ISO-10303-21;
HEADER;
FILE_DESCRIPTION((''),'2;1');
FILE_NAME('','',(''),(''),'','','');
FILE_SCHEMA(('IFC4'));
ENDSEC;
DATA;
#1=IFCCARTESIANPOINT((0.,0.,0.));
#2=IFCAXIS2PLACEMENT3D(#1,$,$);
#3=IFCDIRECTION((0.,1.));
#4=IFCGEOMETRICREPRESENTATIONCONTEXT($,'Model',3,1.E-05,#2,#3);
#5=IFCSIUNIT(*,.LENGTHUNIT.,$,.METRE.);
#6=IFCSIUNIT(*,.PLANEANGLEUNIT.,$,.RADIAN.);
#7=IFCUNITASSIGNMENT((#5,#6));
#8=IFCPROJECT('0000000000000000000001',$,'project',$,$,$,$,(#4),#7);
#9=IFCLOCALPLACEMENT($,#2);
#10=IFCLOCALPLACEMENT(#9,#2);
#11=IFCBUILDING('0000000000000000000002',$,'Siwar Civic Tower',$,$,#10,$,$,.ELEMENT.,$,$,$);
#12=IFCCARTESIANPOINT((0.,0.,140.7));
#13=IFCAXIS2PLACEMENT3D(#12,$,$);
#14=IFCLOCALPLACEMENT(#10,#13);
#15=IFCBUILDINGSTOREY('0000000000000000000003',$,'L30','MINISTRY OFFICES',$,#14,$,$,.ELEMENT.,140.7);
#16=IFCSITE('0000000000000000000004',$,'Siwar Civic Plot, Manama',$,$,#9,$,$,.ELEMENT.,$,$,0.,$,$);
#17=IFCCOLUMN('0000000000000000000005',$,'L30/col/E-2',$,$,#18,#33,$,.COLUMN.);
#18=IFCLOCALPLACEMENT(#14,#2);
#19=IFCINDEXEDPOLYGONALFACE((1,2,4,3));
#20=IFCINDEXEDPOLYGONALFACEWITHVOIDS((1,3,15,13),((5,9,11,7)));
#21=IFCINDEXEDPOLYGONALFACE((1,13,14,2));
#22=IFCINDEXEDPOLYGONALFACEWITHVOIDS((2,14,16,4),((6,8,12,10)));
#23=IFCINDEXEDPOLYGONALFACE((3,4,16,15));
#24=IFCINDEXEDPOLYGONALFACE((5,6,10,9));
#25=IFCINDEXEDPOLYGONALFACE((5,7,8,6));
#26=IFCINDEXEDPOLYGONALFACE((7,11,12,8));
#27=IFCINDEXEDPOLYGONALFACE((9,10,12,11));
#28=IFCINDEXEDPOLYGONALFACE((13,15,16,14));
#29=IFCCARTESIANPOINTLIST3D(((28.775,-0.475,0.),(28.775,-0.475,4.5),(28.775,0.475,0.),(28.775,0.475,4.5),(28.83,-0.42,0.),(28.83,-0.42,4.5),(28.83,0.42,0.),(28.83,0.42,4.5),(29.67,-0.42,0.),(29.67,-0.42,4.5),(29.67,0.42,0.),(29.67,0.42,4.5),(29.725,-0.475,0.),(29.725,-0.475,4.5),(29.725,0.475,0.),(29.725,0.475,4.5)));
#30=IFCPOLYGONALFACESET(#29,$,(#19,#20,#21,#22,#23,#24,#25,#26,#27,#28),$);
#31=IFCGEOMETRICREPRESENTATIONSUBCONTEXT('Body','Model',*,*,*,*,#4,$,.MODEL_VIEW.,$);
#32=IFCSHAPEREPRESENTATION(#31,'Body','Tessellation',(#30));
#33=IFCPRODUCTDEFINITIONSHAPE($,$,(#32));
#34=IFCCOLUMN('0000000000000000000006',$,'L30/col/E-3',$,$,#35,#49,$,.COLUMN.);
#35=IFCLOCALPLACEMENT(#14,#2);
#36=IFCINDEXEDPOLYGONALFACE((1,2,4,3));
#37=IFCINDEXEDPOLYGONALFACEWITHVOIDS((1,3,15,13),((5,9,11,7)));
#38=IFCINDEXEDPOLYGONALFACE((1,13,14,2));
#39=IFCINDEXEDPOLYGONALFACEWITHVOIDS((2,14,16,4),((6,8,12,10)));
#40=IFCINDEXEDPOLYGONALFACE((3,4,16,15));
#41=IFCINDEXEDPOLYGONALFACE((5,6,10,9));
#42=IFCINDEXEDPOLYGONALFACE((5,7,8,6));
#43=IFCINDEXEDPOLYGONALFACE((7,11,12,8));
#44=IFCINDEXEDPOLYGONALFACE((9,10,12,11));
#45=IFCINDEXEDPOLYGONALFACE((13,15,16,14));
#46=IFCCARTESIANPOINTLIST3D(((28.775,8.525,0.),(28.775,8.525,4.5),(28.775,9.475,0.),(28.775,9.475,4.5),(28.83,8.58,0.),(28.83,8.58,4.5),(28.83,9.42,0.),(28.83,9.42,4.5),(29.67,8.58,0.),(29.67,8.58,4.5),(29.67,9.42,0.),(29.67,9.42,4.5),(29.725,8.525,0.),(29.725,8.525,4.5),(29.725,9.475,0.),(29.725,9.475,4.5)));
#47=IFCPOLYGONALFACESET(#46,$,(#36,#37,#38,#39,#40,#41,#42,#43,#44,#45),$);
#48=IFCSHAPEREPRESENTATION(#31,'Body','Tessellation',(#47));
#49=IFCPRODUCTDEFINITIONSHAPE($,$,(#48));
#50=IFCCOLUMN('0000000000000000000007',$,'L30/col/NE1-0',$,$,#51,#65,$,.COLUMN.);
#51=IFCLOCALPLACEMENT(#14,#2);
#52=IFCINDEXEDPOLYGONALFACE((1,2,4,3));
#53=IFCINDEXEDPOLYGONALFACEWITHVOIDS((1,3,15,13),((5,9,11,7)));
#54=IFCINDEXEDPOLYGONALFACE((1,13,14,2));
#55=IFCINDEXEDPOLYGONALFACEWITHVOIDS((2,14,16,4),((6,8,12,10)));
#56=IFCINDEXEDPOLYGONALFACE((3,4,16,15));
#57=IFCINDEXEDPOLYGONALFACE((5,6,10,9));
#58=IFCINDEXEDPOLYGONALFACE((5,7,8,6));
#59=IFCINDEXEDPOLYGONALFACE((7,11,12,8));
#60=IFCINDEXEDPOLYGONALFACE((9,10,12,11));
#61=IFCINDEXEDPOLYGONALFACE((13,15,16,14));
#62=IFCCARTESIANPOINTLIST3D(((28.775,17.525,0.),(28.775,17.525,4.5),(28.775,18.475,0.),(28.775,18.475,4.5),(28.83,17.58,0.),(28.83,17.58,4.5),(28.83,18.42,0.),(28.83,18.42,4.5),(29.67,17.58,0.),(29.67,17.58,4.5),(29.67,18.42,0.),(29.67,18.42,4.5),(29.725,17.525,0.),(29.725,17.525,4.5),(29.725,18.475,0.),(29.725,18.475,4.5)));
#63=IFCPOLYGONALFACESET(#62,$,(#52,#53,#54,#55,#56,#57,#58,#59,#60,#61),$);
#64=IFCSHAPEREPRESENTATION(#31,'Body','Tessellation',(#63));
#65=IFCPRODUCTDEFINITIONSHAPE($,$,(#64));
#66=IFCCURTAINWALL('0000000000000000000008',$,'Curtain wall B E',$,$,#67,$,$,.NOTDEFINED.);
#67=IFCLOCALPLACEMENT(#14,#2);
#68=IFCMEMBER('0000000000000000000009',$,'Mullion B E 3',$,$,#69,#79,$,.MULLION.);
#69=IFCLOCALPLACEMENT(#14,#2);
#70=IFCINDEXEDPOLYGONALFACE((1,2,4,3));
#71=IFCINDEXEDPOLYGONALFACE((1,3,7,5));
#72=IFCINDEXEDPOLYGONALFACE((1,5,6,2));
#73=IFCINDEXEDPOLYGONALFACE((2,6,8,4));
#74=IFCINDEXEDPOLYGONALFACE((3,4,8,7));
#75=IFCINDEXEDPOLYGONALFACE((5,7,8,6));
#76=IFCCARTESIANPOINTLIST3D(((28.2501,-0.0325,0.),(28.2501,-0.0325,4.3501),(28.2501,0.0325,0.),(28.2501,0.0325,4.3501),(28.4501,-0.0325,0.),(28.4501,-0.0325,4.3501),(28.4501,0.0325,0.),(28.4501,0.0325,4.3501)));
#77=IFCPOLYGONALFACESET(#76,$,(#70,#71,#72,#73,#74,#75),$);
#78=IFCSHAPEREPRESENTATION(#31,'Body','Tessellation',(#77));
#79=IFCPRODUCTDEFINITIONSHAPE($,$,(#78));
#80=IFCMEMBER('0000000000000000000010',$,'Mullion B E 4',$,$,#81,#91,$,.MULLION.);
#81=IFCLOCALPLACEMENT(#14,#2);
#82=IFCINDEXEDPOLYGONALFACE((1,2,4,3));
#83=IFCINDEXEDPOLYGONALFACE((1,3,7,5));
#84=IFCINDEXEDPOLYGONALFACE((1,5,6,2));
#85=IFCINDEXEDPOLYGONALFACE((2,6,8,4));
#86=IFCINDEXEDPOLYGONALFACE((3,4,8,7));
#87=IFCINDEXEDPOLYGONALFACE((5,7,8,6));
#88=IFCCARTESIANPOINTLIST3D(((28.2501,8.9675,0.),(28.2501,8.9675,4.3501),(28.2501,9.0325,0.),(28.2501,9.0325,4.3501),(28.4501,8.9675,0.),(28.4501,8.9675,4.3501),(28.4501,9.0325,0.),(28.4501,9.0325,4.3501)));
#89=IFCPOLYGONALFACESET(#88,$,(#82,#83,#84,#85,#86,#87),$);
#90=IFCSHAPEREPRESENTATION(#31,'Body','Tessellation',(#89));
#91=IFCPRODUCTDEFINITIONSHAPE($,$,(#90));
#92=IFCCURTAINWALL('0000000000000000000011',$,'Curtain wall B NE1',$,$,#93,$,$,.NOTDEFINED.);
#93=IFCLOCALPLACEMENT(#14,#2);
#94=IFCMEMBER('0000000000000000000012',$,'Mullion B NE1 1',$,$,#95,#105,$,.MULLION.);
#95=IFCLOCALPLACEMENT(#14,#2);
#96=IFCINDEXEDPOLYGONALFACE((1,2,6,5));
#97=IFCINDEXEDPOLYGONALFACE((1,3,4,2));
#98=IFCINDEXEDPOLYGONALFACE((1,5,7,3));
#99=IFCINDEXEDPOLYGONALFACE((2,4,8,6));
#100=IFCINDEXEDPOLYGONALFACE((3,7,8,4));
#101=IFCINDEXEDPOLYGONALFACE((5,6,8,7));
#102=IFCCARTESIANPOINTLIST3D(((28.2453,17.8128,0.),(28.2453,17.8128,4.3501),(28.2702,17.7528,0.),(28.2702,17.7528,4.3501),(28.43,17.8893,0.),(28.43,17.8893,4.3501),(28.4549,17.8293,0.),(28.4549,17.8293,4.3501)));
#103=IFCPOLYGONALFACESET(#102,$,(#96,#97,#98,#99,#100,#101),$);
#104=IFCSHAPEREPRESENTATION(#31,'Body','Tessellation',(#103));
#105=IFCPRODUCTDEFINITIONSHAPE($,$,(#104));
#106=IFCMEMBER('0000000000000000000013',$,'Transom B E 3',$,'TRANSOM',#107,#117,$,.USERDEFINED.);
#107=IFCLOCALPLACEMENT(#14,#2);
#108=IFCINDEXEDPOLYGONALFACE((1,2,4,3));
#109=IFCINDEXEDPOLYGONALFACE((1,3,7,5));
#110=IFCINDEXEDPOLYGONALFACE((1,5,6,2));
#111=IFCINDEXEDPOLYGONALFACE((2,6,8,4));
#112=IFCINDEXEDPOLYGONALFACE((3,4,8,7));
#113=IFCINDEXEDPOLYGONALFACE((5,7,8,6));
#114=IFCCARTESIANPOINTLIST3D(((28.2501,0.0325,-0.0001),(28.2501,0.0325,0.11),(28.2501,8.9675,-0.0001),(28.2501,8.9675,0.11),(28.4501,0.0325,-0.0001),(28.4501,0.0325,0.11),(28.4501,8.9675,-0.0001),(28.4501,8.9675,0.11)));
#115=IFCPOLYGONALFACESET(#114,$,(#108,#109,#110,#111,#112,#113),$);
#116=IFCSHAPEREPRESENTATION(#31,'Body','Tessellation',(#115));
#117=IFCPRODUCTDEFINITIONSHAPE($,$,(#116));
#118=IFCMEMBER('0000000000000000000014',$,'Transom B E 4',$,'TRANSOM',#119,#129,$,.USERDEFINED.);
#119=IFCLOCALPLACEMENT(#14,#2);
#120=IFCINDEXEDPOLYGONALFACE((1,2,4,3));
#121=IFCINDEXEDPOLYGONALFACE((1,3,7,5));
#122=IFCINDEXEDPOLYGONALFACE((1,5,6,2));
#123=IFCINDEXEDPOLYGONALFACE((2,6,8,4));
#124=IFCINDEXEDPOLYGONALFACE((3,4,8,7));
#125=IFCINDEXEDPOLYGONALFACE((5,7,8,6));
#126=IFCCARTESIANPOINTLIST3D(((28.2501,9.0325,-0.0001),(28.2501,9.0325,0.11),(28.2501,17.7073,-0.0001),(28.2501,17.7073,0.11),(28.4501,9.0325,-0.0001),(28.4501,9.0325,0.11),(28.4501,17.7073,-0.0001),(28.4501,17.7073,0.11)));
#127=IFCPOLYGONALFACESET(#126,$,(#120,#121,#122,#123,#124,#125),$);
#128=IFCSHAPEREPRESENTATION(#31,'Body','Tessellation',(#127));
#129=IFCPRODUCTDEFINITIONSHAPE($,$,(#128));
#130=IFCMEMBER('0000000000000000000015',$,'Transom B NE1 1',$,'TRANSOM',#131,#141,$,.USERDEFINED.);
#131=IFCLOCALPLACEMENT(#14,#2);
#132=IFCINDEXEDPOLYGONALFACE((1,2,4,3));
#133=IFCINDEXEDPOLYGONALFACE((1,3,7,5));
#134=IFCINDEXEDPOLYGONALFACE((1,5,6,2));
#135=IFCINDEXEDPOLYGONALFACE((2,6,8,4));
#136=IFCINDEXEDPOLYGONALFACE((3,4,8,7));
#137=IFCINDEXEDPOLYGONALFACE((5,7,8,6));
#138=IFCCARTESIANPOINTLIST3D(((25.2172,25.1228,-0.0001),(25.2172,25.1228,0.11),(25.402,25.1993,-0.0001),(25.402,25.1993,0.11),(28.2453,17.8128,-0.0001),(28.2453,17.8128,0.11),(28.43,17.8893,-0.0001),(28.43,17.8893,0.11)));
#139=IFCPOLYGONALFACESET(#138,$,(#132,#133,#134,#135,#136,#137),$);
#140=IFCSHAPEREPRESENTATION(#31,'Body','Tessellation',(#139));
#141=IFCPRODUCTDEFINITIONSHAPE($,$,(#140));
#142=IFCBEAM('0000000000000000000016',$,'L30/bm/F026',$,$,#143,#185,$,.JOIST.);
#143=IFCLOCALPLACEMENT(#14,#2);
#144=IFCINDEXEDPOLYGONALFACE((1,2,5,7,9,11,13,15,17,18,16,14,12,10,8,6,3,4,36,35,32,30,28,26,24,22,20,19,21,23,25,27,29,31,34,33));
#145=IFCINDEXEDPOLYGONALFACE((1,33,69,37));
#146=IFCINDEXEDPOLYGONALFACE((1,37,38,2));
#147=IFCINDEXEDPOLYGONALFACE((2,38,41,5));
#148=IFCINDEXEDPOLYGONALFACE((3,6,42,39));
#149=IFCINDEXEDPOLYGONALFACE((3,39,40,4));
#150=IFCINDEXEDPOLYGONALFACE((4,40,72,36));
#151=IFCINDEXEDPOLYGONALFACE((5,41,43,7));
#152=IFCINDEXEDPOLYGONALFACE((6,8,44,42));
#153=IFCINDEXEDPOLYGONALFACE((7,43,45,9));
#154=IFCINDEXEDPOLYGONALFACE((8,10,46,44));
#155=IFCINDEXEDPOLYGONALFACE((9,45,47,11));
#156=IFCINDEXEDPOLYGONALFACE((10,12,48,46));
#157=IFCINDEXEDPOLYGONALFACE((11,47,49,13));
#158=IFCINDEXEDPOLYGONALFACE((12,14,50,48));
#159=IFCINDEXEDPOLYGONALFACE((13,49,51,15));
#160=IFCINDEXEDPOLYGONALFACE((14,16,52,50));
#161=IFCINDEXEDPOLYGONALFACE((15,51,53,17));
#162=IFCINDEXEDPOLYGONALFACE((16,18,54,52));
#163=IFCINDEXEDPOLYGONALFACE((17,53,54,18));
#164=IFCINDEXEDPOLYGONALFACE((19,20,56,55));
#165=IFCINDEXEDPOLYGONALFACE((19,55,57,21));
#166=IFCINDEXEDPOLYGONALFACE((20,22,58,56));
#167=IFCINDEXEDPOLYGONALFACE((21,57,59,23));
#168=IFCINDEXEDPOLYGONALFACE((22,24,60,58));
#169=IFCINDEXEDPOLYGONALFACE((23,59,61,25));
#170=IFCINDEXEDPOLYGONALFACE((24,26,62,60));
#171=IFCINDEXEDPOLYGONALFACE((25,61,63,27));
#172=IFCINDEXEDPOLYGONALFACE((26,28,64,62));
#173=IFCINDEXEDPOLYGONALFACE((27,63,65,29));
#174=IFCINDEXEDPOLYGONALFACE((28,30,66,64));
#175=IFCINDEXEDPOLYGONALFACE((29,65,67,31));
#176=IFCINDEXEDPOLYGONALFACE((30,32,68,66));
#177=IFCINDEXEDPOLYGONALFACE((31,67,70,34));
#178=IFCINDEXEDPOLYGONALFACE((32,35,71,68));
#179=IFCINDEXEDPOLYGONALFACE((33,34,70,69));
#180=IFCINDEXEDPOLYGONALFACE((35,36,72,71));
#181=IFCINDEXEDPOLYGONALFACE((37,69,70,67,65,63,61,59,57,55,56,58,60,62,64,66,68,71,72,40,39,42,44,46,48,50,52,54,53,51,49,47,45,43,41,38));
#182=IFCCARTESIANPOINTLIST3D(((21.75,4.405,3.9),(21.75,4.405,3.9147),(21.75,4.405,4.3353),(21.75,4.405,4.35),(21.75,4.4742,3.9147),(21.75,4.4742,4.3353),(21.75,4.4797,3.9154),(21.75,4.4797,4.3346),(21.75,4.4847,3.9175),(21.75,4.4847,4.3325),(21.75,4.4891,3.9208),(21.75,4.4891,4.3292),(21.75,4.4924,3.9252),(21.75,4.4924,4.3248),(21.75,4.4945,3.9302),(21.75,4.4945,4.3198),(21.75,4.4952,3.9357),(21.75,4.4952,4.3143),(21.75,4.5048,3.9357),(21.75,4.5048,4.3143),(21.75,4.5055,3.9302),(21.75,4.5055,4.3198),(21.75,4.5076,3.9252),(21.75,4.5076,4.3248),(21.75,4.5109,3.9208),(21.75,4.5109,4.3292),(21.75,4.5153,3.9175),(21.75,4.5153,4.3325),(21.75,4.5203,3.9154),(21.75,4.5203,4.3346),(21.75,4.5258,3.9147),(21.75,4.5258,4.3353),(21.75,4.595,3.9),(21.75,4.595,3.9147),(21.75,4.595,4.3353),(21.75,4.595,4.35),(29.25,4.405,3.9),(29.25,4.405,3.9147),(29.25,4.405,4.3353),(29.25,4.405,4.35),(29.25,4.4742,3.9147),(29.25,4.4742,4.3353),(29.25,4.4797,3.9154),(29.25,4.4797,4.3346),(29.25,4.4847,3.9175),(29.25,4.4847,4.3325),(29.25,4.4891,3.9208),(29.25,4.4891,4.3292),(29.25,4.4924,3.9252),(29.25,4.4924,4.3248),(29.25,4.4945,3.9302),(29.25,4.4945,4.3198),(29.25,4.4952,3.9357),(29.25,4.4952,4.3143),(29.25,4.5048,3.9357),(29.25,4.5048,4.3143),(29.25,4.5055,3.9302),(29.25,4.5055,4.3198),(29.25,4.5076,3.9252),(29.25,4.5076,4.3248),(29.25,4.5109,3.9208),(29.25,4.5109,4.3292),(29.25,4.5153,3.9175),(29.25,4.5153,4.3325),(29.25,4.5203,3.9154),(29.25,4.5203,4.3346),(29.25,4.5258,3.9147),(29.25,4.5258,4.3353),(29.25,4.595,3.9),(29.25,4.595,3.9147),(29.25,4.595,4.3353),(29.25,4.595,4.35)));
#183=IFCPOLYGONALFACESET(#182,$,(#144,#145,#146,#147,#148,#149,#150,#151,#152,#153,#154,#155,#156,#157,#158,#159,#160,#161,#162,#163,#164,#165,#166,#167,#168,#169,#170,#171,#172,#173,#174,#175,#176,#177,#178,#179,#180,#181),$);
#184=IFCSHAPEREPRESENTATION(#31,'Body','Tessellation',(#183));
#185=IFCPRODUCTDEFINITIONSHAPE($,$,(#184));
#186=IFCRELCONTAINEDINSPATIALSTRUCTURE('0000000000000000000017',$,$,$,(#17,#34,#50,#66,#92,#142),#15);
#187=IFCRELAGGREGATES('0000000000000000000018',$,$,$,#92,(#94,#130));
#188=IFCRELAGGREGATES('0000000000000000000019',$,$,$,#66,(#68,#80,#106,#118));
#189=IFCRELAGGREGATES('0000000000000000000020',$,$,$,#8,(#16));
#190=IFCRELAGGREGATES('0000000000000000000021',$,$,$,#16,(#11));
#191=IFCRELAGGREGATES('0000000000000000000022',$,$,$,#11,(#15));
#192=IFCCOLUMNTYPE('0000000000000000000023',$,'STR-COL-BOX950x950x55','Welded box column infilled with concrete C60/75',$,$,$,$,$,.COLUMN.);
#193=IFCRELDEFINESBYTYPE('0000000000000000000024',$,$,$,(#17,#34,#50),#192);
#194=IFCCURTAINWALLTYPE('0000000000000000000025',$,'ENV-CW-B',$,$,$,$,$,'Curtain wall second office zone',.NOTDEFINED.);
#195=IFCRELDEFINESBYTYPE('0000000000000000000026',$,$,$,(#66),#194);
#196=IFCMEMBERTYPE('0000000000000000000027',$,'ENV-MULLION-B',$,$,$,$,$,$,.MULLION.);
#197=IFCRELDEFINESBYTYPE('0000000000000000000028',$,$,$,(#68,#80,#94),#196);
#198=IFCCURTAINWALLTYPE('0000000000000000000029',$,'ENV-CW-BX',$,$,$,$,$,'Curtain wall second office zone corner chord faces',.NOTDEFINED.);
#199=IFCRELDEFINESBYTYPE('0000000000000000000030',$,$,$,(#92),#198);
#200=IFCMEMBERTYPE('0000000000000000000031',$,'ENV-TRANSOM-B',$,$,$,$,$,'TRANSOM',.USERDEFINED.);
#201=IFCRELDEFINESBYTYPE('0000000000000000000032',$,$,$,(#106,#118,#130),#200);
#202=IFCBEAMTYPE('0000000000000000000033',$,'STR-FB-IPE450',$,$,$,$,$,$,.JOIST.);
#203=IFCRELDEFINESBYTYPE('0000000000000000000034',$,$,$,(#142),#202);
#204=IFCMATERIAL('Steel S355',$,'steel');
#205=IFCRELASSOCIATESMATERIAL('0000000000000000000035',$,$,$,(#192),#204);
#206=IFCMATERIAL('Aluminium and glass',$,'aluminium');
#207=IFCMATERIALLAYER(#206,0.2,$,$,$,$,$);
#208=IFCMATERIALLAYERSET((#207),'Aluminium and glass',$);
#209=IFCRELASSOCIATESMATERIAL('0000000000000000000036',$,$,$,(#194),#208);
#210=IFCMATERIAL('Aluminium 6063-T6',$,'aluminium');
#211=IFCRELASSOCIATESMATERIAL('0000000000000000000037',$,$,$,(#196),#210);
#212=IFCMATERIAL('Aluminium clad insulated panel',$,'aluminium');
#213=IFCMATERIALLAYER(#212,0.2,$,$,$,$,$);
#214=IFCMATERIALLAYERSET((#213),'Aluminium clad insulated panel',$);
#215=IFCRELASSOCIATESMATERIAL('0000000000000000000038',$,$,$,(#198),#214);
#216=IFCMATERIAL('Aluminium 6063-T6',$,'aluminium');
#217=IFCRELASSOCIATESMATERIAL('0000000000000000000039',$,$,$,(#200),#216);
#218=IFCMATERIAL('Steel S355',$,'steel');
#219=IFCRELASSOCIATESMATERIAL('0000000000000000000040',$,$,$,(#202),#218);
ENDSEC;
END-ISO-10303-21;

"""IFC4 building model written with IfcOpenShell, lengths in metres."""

from ifc_helpers import new_model, si_unit, direction, frame, origin, origin_2d, place, context, subcontext, project, spatial, rectangle, hollow_rectangle, i_section, extrude, material, layer, layer_set, material_profile, profile_set, type_object, element, aggregate, save


model = new_model("IFC4")

# Units and contexts
model_context = context("Model", 3, precision=1e-05, world=origin(), true_north=direction((0.0, 1.0)))
body_context = subcontext(model_context, "Body", "Model", "MODEL_VIEW")
ifc_project = project(units=[si_unit("LENGTHUNIT", "METRE"), si_unit("PLANEANGLEUNIT", "RADIAN")], contexts=[model_context])

# Site, building, storey
site_placement = place(None, origin())
site = spatial("IfcSite", under=ifc_project, at=site_placement, Name="Siwar Civic Plot, Manama", CompositionType="ELEMENT", RefElevation=0.0)
building_placement = place(site_placement, origin())
building = spatial("IfcBuilding", under=site, at=building_placement, Name="Siwar Civic Tower", CompositionType="ELEMENT")
storey_placement = place(building_placement, frame((0.0, 0.0, 140.7)))
storey = spatial("IfcBuildingStorey", under=building, at=storey_placement, Name="L30", Description="MINISTRY OFFICES", CompositionType="ELEMENT", Elevation=140.7)

# Columns
ifc_material_1 = material(Name="Steel S355", Category="steel")
ifc_material_profile_1 = material_profile(ifc_material_1, hollow_rectangle(XDim=0.95, YDim=0.95, WallThickness=0.0549, at=origin_2d()), Name="BOX950x950x55")
ifc_profile_set_1 = profile_set([ifc_material_profile_1], Name="Steel S355")
column_type = type_object("IfcColumnType", Name="STR-COL-BOX950x950x55", Description="Welded box column infilled with concrete C60/75", PredefinedType="COLUMN", material=ifc_profile_set_1)
for number, where, z_axis, x_axis, name in (
    (1, (29.25, 0.0, 0.0), (0.0, 0.0, 1.0), (1.0, 0.0, 0.0), "L30/col/E-2"),
    (2, (29.25, 9.0, 0.0), (0.0, 0.0, 1.0), (1.0, 0.0, 0.0), "L30/col/E-3"),
    (3, (29.25, 18.0, 0.0), (0.0, 0.0, 1.0), (1.0, 0.0, 0.0), "L30/col/NE1-0"),
):
    element("IfcColumn", number, at=place(storey_placement, frame(where, z_axis=z_axis, x_axis=x_axis)), inside=storey, type_object=column_type, Name=name, PredefinedType="COLUMN", context=body_context, shape_type="SweptSolid", body=[
        extrude(hollow_rectangle(XDim=0.95, YDim=0.95, WallThickness=0.0549, at=origin_2d()), origin(), (0.0, 0.0, 1.0), 4.5),
    ])

# Curtain wall, members
ifc_material_2 = material(Name="Aluminium and glass", Category="aluminium")
ifc_layer_1 = layer(ifc_material_2, 0.2)
ifc_layer_set_1 = layer_set([ifc_layer_1], Name="Aluminium and glass")
curtain_wall_type_1 = type_object("IfcCurtainWallType", Name="ENV-CW-B", ElementType="Curtain wall second office zone", PredefinedType="NOTDEFINED", material=ifc_layer_set_1)
curtain_wall_1_placement = place(storey_placement, origin())
curtain_wall_1 = element("IfcCurtainWall", 4, at=curtain_wall_1_placement, inside=storey, type_object=curtain_wall_type_1, Name="Curtain wall B E", PredefinedType="NOTDEFINED")
ifc_material_3 = material(Name="Aluminium 6063-T6", Category="aluminium")
ifc_material_profile_2 = material_profile(ifc_material_3, rectangle(XDim=0.2, YDim=0.0649, at=origin_2d()), Name="AL 200x65")
ifc_profile_set_2 = profile_set([ifc_material_profile_2], Name="Aluminium 6063-T6")
member_type_1 = type_object("IfcMemberType", Name="ENV-MULLION-B", PredefinedType="MULLION", material=ifc_profile_set_2)
member_1_placement = place(storey_placement, frame((28.3501, 0.0, 0.0), z_axis=(0.0, 0.0, 1.0), x_axis=(-1.0, 0.0, 0.0)))
member_1 = element("IfcMember", 5, at=member_1_placement, type_object=member_type_1, Name="Mullion B E 3", PredefinedType="MULLION", context=body_context, shape_type="SweptSolid", body=[
    extrude(rectangle(XDim=0.2, YDim=0.0649, at=origin_2d()), origin(), (0.0, 0.0, 1.0), 4.3501),
])
member_2_placement = place(storey_placement, frame((28.3501, 9.0, 0.0), z_axis=(0.0, 0.0, 1.0), x_axis=(-1.0, 0.0, 0.0)))
member_2 = element("IfcMember", 6, at=member_2_placement, type_object=member_type_1, Name="Mullion B E 4", PredefinedType="MULLION", context=body_context, shape_type="SweptSolid", body=[
    extrude(rectangle(XDim=0.2, YDim=0.0649, at=origin_2d()), origin(), (0.0, 0.0, 1.0), 4.3501),
])

# Curtain wall, member
ifc_material_4 = material(Name="Aluminium clad insulated panel", Category="aluminium")
ifc_layer_2 = layer(ifc_material_4, 0.2)
ifc_layer_set_2 = layer_set([ifc_layer_2], Name="Aluminium clad insulated panel")
curtain_wall_type_2 = type_object("IfcCurtainWallType", Name="ENV-CW-BX", ElementType="Curtain wall second office zone corner chord faces", PredefinedType="NOTDEFINED", material=ifc_layer_set_2)
curtain_wall_2_placement = place(storey_placement, origin())
curtain_wall_2 = element("IfcCurtainWall", 7, at=curtain_wall_2_placement, inside=storey, type_object=curtain_wall_type_2, Name="Curtain wall B NE1", PredefinedType="NOTDEFINED")
member_3_placement = place(storey_placement, frame((28.3501, 17.821, 0.0), z_axis=(0.0, 0.0, 1.0), x_axis=(-0.92388, -0.382683, 0.0)))
member_3 = element("IfcMember", 8, at=member_3_placement, type_object=member_type_1, Name="Mullion B NE1 1", PredefinedType="MULLION", context=body_context, shape_type="SweptSolid", body=[
    extrude(rectangle(XDim=0.2, YDim=0.0649, at=origin_2d()), origin(), (0.0, 0.0, 1.0), 4.3501),
])

# Members
ifc_material_5 = material(Name="Aluminium 6063-T6", Category="aluminium")
ifc_material_profile_3 = material_profile(ifc_material_5, rectangle(XDim=0.2, YDim=0.1101, at=origin_2d()), Name="AL 200x110")
ifc_profile_set_3 = profile_set([ifc_material_profile_3], Name="Aluminium 6063-T6")
member_type_2 = type_object("IfcMemberType", Name="ENV-TRANSOM-B", ElementType="TRANSOM", PredefinedType="USERDEFINED", material=ifc_profile_set_3)
member_4_placement = place(storey_placement, frame((28.3501, 0.0325, 0.0549), z_axis=(0.0, 1.0, 0.0), x_axis=(-1.0, 0.0, 0.0)))
member_4 = element("IfcMember", 9, at=member_4_placement, type_object=member_type_2, Name="Transom B E 3", ObjectType="TRANSOM", PredefinedType="USERDEFINED", context=body_context, shape_type="SweptSolid", body=[
    extrude(rectangle(XDim=0.2, YDim=0.1101, at=origin_2d()), origin(), (0.0, 0.0, 1.0), 8.9351),
])
member_5_placement = place(storey_placement, frame((28.3501, 9.0325, 0.0549), z_axis=(0.0, 1.0, 0.0), x_axis=(-1.0, 0.0, 0.0)))
member_5 = element("IfcMember", 10, at=member_5_placement, type_object=member_type_2, Name="Transom B E 4", ObjectType="TRANSOM", PredefinedType="USERDEFINED", context=body_context, shape_type="SweptSolid", body=[
    extrude(rectangle(XDim=0.2, YDim=0.1101, at=origin_2d()), origin(), (0.0, 0.0, 1.0), 8.6748),
])
member_6_placement = place(storey_placement, frame((28.3376, 17.8511, 0.0549), z_axis=(-0.3827, 0.923873, 0.0), x_axis=(-0.923873, -0.3827, 0.0)))
member_6 = element("IfcMember", 11, at=member_6_placement, type_object=member_type_2, Name="Transom B NE1 1", ObjectType="TRANSOM", PredefinedType="USERDEFINED", context=body_context, shape_type="SweptSolid", body=[
    extrude(rectangle(XDim=0.2, YDim=0.1101, at=origin_2d()), origin(), (0.0, 0.0, 1.0), 7.9124),
])
aggregate(curtain_wall_2, [member_3, member_6])

# Beam
ifc_material_6 = material(Name="Steel S355", Category="steel")
ifc_material_profile_4 = material_profile(ifc_material_6, i_section(OverallWidth=0.1899, OverallDepth=0.45, WebThickness=0.0095, FlangeThickness=0.0146, FilletRadius=0.021, at=origin_2d()), Name="IPE450")
ifc_profile_set_4 = profile_set([ifc_material_profile_4], Name="Steel S355")
beam_type_1 = type_object("IfcBeamType", Name="STR-FB-IPE450", PredefinedType="JOIST", material=ifc_profile_set_4)
for number, where, z_axis, x_axis, name in (
    (12, (21.75, 4.5, 4.125), (1.0, 0.0, 0.0), (0.0, 1.0, 0.0), "L30/bm/F026"),
):
    element("IfcBeam", number, at=place(storey_placement, frame(where, z_axis=z_axis, x_axis=x_axis)), inside=storey, type_object=beam_type_1, Name=name, PredefinedType="JOIST", context=body_context, shape_type="SweptSolid", body=[
        extrude(i_section(OverallWidth=0.1899, OverallDepth=0.45, WebThickness=0.0095, FlangeThickness=0.0146, FilletRadius=0.021, at=origin_2d()), origin(), (0.0, 0.0, 1.0), 7.5),
    ])

aggregate(curtain_wall_1, [member_1, member_2, member_4, member_5])

save(model, "model.ifc")
